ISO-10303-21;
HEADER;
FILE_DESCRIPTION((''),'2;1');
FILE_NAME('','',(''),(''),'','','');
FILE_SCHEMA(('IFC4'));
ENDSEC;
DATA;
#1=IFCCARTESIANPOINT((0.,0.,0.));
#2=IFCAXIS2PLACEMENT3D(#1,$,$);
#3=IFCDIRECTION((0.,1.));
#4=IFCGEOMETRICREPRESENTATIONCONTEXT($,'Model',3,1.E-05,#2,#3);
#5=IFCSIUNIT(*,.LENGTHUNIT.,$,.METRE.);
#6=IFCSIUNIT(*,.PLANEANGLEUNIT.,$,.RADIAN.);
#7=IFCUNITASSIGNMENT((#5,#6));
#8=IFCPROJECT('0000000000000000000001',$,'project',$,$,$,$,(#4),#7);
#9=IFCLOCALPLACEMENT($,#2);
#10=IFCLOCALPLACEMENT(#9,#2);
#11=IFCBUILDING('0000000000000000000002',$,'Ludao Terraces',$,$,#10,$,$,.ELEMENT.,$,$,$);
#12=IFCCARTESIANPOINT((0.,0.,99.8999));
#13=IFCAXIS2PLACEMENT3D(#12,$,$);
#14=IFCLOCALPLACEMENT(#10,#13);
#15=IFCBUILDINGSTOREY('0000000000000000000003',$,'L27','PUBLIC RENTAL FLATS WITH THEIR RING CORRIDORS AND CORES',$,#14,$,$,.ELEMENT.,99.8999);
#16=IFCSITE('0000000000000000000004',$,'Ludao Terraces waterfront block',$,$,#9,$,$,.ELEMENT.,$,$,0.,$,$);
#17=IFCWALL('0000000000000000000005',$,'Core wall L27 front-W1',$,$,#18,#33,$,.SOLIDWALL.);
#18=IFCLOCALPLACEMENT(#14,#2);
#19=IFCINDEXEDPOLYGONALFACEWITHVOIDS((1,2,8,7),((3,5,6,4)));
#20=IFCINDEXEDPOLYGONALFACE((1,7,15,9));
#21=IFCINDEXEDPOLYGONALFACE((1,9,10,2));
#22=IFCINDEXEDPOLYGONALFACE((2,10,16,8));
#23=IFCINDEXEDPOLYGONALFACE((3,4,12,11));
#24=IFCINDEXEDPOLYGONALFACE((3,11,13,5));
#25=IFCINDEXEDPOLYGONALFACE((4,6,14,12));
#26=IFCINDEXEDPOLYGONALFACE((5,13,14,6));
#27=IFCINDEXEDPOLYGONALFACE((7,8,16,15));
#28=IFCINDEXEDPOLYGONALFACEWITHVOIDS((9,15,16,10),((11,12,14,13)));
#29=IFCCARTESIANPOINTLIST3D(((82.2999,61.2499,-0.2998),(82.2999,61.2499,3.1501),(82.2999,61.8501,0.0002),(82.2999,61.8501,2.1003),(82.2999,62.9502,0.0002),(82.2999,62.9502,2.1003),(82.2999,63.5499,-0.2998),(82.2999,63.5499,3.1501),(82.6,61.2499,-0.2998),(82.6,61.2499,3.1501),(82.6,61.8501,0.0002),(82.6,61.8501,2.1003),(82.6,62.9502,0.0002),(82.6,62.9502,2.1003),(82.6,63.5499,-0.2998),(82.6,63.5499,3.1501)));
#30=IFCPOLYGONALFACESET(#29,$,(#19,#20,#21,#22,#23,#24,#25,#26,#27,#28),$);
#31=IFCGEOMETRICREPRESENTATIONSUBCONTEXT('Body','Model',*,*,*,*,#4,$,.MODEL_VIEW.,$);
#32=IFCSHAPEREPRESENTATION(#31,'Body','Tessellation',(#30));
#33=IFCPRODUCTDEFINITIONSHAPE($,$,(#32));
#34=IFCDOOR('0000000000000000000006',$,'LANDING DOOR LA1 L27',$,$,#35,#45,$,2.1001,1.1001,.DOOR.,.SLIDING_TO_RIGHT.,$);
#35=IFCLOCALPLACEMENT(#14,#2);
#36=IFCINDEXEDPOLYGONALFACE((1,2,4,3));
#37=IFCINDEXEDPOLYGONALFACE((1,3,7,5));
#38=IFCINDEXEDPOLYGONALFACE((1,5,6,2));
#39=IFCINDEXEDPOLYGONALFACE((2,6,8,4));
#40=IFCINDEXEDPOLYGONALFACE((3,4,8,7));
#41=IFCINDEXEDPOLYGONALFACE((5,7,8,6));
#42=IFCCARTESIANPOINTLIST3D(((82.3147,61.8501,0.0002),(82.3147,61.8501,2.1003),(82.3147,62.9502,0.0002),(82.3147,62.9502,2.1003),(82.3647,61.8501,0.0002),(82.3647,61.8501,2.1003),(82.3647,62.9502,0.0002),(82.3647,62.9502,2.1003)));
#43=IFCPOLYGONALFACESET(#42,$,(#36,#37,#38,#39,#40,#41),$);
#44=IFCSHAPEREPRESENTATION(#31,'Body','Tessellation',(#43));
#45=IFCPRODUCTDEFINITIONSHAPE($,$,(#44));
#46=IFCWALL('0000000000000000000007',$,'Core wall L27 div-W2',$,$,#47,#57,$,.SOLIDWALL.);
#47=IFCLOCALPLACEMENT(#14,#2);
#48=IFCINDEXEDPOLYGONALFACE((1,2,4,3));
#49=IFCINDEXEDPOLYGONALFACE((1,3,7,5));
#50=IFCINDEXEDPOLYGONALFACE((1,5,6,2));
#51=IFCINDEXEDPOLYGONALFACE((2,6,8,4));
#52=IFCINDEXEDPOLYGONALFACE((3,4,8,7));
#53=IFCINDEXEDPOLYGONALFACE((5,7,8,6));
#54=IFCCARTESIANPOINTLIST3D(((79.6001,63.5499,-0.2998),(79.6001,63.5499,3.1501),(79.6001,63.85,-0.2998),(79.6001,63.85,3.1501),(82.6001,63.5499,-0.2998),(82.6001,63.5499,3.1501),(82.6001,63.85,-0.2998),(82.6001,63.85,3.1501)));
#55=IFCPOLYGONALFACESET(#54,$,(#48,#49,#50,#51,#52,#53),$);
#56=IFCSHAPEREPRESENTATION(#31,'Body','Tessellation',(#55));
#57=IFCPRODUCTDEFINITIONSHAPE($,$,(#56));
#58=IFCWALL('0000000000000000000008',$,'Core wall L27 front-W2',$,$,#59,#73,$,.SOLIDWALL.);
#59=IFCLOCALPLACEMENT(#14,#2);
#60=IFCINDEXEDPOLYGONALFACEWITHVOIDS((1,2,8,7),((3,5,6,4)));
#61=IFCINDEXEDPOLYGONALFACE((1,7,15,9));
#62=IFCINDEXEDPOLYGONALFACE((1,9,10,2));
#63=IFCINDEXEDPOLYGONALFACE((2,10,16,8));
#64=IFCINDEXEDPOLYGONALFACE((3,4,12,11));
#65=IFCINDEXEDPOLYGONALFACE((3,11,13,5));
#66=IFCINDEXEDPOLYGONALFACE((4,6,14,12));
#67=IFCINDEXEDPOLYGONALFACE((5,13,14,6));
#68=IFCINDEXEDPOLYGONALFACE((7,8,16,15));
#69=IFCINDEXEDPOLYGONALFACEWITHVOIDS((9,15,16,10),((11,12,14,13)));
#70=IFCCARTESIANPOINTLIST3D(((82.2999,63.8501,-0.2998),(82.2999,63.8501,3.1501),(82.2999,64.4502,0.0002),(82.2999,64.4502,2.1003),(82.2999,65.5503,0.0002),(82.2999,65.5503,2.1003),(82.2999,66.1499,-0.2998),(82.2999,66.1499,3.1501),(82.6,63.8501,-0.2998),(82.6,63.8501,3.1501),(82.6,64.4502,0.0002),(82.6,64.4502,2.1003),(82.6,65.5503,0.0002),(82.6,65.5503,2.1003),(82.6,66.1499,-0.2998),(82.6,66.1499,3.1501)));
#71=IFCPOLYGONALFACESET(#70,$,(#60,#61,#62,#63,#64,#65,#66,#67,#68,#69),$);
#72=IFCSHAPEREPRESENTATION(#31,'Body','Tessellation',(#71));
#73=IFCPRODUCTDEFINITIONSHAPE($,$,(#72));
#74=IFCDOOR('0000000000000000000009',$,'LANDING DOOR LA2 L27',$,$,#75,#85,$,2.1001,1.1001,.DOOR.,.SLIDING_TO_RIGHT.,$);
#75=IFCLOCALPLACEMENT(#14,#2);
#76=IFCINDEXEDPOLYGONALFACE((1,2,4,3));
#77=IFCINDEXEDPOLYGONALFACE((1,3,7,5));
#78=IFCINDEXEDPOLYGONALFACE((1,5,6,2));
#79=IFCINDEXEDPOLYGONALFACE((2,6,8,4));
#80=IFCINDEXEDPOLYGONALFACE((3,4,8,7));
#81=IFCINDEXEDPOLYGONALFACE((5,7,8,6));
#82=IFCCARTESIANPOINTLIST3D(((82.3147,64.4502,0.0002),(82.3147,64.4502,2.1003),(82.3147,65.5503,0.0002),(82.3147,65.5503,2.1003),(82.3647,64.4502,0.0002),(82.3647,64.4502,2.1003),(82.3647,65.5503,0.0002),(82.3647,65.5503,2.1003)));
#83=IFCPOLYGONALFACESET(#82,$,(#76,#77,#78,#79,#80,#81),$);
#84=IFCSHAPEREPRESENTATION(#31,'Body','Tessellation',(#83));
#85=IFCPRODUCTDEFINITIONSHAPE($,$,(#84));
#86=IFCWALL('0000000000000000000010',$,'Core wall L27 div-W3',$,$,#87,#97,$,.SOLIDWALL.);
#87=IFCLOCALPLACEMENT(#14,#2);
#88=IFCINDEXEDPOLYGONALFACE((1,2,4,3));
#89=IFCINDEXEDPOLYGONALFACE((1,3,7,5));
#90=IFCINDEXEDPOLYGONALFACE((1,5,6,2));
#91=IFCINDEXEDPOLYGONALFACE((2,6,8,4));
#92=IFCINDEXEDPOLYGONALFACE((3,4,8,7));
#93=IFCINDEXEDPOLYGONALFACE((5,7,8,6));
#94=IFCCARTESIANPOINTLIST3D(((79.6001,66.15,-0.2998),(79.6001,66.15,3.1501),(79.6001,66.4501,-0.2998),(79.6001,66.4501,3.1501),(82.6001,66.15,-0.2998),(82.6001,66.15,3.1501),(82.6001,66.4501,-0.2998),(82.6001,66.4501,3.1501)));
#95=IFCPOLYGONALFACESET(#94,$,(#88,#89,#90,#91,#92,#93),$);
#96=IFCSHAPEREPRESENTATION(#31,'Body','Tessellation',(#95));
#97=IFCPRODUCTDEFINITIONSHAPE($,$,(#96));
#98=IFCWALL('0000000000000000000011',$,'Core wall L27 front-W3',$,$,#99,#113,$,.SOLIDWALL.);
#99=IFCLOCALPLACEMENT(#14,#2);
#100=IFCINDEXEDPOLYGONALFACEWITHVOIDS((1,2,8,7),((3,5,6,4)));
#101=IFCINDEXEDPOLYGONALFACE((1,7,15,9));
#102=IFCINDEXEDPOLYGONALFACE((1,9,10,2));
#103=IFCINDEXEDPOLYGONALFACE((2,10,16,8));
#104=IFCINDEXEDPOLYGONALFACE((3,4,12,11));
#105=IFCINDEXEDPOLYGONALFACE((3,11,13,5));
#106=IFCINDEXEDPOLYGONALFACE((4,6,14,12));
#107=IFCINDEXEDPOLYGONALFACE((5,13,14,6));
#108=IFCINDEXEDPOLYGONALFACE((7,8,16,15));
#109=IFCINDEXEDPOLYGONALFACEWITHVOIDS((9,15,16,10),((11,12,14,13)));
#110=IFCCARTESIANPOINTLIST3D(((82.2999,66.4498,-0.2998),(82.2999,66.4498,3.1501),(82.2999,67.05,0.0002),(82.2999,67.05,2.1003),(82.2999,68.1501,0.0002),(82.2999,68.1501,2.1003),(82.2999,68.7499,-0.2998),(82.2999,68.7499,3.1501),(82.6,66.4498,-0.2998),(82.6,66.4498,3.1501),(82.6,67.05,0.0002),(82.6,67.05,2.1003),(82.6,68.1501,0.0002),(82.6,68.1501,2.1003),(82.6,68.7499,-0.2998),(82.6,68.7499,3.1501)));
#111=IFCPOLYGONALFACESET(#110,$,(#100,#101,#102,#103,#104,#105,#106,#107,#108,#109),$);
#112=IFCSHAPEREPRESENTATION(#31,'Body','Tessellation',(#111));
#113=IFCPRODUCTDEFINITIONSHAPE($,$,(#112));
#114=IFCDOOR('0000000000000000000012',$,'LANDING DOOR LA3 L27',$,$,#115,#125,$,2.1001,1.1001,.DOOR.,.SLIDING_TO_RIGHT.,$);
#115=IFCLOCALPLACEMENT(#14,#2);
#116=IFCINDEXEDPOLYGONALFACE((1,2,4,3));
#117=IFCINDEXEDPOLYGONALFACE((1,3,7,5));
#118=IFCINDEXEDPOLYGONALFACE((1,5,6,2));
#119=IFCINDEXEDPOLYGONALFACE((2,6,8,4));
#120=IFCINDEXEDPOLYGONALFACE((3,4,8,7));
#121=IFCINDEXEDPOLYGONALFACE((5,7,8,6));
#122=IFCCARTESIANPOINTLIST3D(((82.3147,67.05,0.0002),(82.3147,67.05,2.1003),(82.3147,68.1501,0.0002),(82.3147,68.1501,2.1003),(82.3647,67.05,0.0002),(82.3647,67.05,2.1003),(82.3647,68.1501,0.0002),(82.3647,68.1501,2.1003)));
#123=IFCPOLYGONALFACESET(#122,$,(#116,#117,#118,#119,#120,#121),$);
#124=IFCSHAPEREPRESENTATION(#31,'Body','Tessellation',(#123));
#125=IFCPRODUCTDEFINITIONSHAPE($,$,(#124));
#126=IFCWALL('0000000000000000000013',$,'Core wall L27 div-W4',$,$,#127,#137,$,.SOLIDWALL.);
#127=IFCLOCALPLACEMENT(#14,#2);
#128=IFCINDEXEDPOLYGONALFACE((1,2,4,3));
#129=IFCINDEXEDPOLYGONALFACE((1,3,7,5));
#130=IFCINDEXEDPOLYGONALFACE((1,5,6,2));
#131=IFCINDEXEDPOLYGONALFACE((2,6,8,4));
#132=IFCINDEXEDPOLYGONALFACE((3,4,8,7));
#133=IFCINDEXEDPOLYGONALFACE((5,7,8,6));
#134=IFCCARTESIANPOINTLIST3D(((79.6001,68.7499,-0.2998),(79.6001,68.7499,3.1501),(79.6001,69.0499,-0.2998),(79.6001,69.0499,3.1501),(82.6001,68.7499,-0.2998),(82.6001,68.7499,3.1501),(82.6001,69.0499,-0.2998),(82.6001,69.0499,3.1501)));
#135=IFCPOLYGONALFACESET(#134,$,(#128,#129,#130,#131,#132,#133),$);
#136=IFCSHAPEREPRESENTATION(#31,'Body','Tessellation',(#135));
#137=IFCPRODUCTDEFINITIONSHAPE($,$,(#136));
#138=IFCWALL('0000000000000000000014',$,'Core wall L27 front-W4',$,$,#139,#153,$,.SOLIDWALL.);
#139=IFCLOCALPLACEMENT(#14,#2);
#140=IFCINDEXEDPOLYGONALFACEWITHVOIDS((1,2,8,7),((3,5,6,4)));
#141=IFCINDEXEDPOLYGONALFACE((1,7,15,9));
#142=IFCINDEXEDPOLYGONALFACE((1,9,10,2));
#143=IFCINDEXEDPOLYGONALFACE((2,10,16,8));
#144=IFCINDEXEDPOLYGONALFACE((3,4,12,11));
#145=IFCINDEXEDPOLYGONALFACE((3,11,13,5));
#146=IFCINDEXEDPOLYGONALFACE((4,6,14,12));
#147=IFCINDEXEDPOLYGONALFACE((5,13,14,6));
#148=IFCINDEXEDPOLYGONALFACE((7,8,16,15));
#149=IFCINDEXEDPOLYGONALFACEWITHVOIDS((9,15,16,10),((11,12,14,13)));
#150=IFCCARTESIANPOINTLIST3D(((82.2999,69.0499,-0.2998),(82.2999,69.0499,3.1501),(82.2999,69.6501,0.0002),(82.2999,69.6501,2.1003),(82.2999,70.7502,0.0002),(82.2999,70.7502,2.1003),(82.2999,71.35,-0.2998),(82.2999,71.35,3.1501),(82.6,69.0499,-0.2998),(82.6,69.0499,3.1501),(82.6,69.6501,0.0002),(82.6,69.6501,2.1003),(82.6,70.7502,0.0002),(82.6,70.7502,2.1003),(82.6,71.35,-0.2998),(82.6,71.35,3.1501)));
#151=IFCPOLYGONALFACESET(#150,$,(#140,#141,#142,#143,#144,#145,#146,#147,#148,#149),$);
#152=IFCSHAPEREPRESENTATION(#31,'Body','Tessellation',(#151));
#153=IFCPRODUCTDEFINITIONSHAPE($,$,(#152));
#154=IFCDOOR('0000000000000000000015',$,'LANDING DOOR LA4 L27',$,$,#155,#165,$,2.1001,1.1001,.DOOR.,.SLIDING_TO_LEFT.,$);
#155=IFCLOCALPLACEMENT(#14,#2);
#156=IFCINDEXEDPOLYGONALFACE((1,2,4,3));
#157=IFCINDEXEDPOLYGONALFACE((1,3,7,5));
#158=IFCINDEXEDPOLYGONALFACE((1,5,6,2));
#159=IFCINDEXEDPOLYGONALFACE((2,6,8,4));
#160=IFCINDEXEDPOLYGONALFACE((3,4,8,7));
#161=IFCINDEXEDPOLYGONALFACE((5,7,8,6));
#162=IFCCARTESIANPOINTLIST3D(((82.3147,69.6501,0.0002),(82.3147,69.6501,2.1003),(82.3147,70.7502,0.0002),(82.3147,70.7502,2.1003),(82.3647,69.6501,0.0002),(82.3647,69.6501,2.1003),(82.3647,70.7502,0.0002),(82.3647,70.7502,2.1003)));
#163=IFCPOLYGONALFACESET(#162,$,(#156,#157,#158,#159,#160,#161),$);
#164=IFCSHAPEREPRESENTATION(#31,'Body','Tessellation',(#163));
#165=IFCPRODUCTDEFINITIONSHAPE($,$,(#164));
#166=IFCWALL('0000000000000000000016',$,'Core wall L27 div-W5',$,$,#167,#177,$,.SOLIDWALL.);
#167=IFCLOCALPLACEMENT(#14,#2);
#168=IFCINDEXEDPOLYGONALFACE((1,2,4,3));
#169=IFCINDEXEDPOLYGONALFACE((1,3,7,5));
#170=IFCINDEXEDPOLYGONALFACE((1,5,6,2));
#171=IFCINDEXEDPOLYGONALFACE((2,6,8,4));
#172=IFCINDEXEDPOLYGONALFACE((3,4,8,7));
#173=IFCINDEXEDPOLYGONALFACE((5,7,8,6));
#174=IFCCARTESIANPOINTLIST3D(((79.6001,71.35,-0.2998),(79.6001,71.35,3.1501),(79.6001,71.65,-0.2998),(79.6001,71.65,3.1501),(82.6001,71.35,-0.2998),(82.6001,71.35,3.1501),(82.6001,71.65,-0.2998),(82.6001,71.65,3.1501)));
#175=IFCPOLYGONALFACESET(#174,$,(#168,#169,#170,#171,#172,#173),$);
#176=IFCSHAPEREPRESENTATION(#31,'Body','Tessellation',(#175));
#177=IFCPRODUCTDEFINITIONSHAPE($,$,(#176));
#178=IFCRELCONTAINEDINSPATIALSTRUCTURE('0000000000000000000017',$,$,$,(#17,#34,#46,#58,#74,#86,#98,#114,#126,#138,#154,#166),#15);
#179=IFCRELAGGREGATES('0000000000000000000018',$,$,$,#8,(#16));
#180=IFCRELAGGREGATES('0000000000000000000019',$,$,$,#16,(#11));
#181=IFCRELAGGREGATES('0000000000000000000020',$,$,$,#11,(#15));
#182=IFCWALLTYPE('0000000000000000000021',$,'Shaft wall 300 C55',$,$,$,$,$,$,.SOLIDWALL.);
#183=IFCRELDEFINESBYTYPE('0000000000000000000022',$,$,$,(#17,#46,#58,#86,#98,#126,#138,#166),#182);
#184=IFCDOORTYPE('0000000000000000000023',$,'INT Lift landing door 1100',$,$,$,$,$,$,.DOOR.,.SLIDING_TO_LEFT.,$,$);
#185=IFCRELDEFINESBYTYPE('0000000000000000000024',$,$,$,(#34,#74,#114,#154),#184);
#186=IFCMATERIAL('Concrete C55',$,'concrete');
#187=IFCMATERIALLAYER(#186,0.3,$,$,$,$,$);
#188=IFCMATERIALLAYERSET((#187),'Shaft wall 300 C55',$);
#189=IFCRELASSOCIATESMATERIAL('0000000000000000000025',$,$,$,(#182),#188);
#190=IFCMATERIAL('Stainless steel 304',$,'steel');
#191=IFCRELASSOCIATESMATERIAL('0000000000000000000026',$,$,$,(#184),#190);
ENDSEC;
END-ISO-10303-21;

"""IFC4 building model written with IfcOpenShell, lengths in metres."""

from ifc_helpers import new_model, si_unit, direction, frame, frame_2d, origin, place, context, subcontext, project, spatial, rectangle, extrude, material, layer, layer_set, type_object, element, fill, save


model = new_model("IFC4")

# Units and contexts
model_context = context("Model", 3, precision=1e-05, world=origin(), true_north=direction((0.0, 1.0)))
body_context = subcontext(model_context, "Body", "Model", "MODEL_VIEW")
ifc_project = project(units=[si_unit("LENGTHUNIT", "METRE"), si_unit("PLANEANGLEUNIT", "RADIAN")], contexts=[model_context])

# Site, building, storey
site_placement = place(None, origin())
site = spatial("IfcSite", under=ifc_project, at=site_placement, Name="Ludao Terraces waterfront block", CompositionType="ELEMENT", RefElevation=0.0)
building_placement = place(site_placement, origin())
building = spatial("IfcBuilding", under=site, at=building_placement, Name="Ludao Terraces", CompositionType="ELEMENT")
storey_placement = place(building_placement, frame((0.0, 0.0, 99.8999)))
storey = spatial("IfcBuildingStorey", under=building, at=storey_placement, Name="L27", Description="PUBLIC RENTAL FLATS WITH THEIR RING CORRIDORS AND CORES", CompositionType="ELEMENT", Elevation=99.8999)

# Wall, opening, door
ifc_material_1 = material(Name="Concrete C55", Category="concrete")
ifc_layer_1 = layer(ifc_material_1, 0.3)
ifc_layer_set_1 = layer_set([ifc_layer_1], Name="Shaft wall 300 C55")
wall_type_1 = type_object("IfcWallType", Name="Shaft wall 300 C55", PredefinedType="SOLIDWALL", material=ifc_layer_set_1)
wall_1_placement = place(storey_placement, frame((82.45, 61.25, -0.2998), z_axis=(0.0, 0.0, 1.0), x_axis=(0.0, 1.0, 0.0)))
wall_1 = element("IfcWall", 1, at=wall_1_placement, inside=storey, type_object=wall_type_1, Name="Core wall L27 front-W1", PredefinedType="SOLIDWALL", context=body_context, shape_type="SweptSolid", body=[
    extrude(rectangle(XDim=2.3, YDim=0.3, at=frame_2d((1.1499, 0.0))), origin(), (0.0, 0.0, 1.0), 3.45),
])
opening_1_placement = place(wall_1_placement, frame((0.6001, 0.0, 0.3)))
opening_1 = element("IfcOpeningElement", 2, at=opening_1_placement, cuts=wall_1, PredefinedType="OPENING", context=body_context, shape_type="SweptSolid", body=[
    extrude(rectangle(XDim=1.1001, YDim=2.1001, at=frame_2d((0.55, 1.05))), frame((0.0, 0.1602, 0.0), z_axis=(0.0, -1.0, 0.0), x_axis=(1.0, 0.0, 0.0)), (0.0, 0.0, 1.0), 0.3201),
])
ifc_material_2 = material(Name="Stainless steel 304", Category="steel")
door_type_1 = type_object("IfcDoorType", Name="INT Lift landing door 1100", OperationType="SLIDING_TO_LEFT", PredefinedType="DOOR", material=ifc_material_2)
door_1_placement = place(opening_1_placement, origin())
door_1 = element("IfcDoor", 3, at=door_1_placement, inside=storey, type_object=door_type_1, Name="LANDING DOOR LA1 L27", OperationType="SLIDING_TO_RIGHT", OverallHeight=2.1001, OverallWidth=1.1001, PredefinedType="DOOR", context=body_context, shape_type="SweptSolid", body=[
    extrude(rectangle(XDim=1.1001, YDim=2.1001, at=frame_2d((0.55, 1.05))), frame((0.0, 0.1353, 0.0), z_axis=(0.0, -1.0, 0.0), x_axis=(1.0, 0.0, 0.0)), (0.0, 0.0, 1.0), 0.05),
])
fill(opening_1, door_1)

# Wall
wall_2_placement = place(storey_placement, frame((79.6001, 63.7, -0.2998), z_axis=(0.0, 0.0, 1.0), x_axis=(1.0, 0.0, 0.0)))
element("IfcWall", 4, at=wall_2_placement, inside=storey, type_object=wall_type_1, Name="Core wall L27 div-W2", PredefinedType="SOLIDWALL", context=body_context, shape_type="SweptSolid", body=[
    extrude(rectangle(XDim=3.0, YDim=0.3, at=frame_2d((1.5, 0.0))), origin(), (0.0, 0.0, 1.0), 3.45),
])

# Wall, opening, door
wall_3_placement = place(storey_placement, frame((82.45, 63.8501, -0.2998), z_axis=(0.0, 0.0, 1.0), x_axis=(0.0, 1.0, 0.0)))
wall_3 = element("IfcWall", 5, at=wall_3_placement, inside=storey, type_object=wall_type_1, Name="Core wall L27 front-W2", PredefinedType="SOLIDWALL", context=body_context, shape_type="SweptSolid", body=[
    extrude(rectangle(XDim=2.2998, YDim=0.3, at=frame_2d((1.1499, 0.0))), origin(), (0.0, 0.0, 1.0), 3.45),
])
opening_2_placement = place(wall_3_placement, frame((0.6001, 0.0, 0.3)))
opening_2 = element("IfcOpeningElement", 6, at=opening_2_placement, cuts=wall_3, PredefinedType="OPENING", context=body_context, shape_type="SweptSolid", body=[
    extrude(rectangle(XDim=1.1001, YDim=2.1001, at=frame_2d((0.55, 1.05))), frame((0.0, 0.1602, 0.0), z_axis=(0.0, -1.0, 0.0), x_axis=(1.0, 0.0, 0.0)), (0.0, 0.0, 1.0), 0.3201),
])
door_2_placement = place(opening_2_placement, origin())
door_2 = element("IfcDoor", 7, at=door_2_placement, inside=storey, type_object=door_type_1, Name="LANDING DOOR LA2 L27", OperationType="SLIDING_TO_RIGHT", OverallHeight=2.1001, OverallWidth=1.1001, PredefinedType="DOOR", context=body_context, shape_type="SweptSolid", body=[
    extrude(rectangle(XDim=1.1001, YDim=2.1001, at=frame_2d((0.55, 1.05))), frame((0.0, 0.1353, 0.0), z_axis=(0.0, -1.0, 0.0), x_axis=(1.0, 0.0, 0.0)), (0.0, 0.0, 1.0), 0.05),
])
fill(opening_2, door_2)

# Wall
wall_4_placement = place(storey_placement, frame((79.6001, 66.3, -0.2998), z_axis=(0.0, 0.0, 1.0), x_axis=(1.0, 0.0, 0.0)))
element("IfcWall", 8, at=wall_4_placement, inside=storey, type_object=wall_type_1, Name="Core wall L27 div-W3", PredefinedType="SOLIDWALL", context=body_context, shape_type="SweptSolid", body=[
    extrude(rectangle(XDim=3.0, YDim=0.3, at=frame_2d((1.5, 0.0))), origin(), (0.0, 0.0, 1.0), 3.45),
])

# Wall, opening, door
wall_5_placement = place(storey_placement, frame((82.45, 66.45, -0.2998), z_axis=(0.0, 0.0, 1.0), x_axis=(0.0, 1.0, 0.0)))
wall_5 = element("IfcWall", 9, at=wall_5_placement, inside=storey, type_object=wall_type_1, Name="Core wall L27 front-W3", PredefinedType="SOLIDWALL", context=body_context, shape_type="SweptSolid", body=[
    extrude(rectangle(XDim=2.3, YDim=0.3, at=frame_2d((1.1499, 0.0))), origin(), (0.0, 0.0, 1.0), 3.45),
])
opening_3_placement = place(wall_5_placement, frame((0.6001, 0.0, 0.3)))
opening_3 = element("IfcOpeningElement", 10, at=opening_3_placement, cuts=wall_5, PredefinedType="OPENING", context=body_context, shape_type="SweptSolid", body=[
    extrude(rectangle(XDim=1.1001, YDim=2.1001, at=frame_2d((0.55, 1.05))), frame((0.0, 0.1602, 0.0), z_axis=(0.0, -1.0, 0.0), x_axis=(1.0, 0.0, 0.0)), (0.0, 0.0, 1.0), 0.3201),
])
door_3_placement = place(opening_3_placement, origin())
door_3 = element("IfcDoor", 11, at=door_3_placement, inside=storey, type_object=door_type_1, Name="LANDING DOOR LA3 L27", OperationType="SLIDING_TO_RIGHT", OverallHeight=2.1001, OverallWidth=1.1001, PredefinedType="DOOR", context=body_context, shape_type="SweptSolid", body=[
    extrude(rectangle(XDim=1.1001, YDim=2.1001, at=frame_2d((0.55, 1.05))), frame((0.0, 0.1353, 0.0), z_axis=(0.0, -1.0, 0.0), x_axis=(1.0, 0.0, 0.0)), (0.0, 0.0, 1.0), 0.05),
])
fill(opening_3, door_3)

# Wall
wall_6_placement = place(storey_placement, frame((79.6001, 68.8999, -0.2998), z_axis=(0.0, 0.0, 1.0), x_axis=(1.0, 0.0, 0.0)))
element("IfcWall", 12, at=wall_6_placement, inside=storey, type_object=wall_type_1, Name="Core wall L27 div-W4", PredefinedType="SOLIDWALL", context=body_context, shape_type="SweptSolid", body=[
    extrude(rectangle(XDim=3.0, YDim=0.3, at=frame_2d((1.5, 0.0))), origin(), (0.0, 0.0, 1.0), 3.45),
])

# Wall, opening, door
wall_7_placement = place(storey_placement, frame((82.45, 69.05, -0.2998), z_axis=(0.0, 0.0, 1.0), x_axis=(0.0, 1.0, 0.0)))
wall_7 = element("IfcWall", 13, at=wall_7_placement, inside=storey, type_object=wall_type_1, Name="Core wall L27 front-W4", PredefinedType="SOLIDWALL", context=body_context, shape_type="SweptSolid", body=[
    extrude(rectangle(XDim=2.3, YDim=0.3, at=frame_2d((1.1499, 0.0))), origin(), (0.0, 0.0, 1.0), 3.45),
])
opening_4_placement = place(wall_7_placement, frame((0.6001, 0.0, 0.3)))
opening_4 = element("IfcOpeningElement", 14, at=opening_4_placement, cuts=wall_7, PredefinedType="OPENING", context=body_context, shape_type="SweptSolid", body=[
    extrude(rectangle(XDim=1.1001, YDim=2.1001, at=frame_2d((0.55, 1.05))), frame((0.0, 0.1602, 0.0), z_axis=(0.0, -1.0, 0.0), x_axis=(1.0, 0.0, 0.0)), (0.0, 0.0, 1.0), 0.3201),
])
door_4_placement = place(opening_4_placement, origin())
door_4 = element("IfcDoor", 15, at=door_4_placement, inside=storey, type_object=door_type_1, Name="LANDING DOOR LA4 L27", OperationType="SLIDING_TO_LEFT", OverallHeight=2.1001, OverallWidth=1.1001, PredefinedType="DOOR", context=body_context, shape_type="SweptSolid", body=[
    extrude(rectangle(XDim=1.1001, YDim=2.1001, at=frame_2d((0.55, 1.05))), frame((0.0, 0.1353, 0.0), z_axis=(0.0, -1.0, 0.0), x_axis=(1.0, 0.0, 0.0)), (0.0, 0.0, 1.0), 0.05),
])
fill(opening_4, door_4)

# Wall
wall_8_placement = place(storey_placement, frame((79.6001, 71.5, -0.2998), z_axis=(0.0, 0.0, 1.0), x_axis=(1.0, 0.0, 0.0)))
element("IfcWall", 16, at=wall_8_placement, inside=storey, type_object=wall_type_1, Name="Core wall L27 div-W5", PredefinedType="SOLIDWALL", context=body_context, shape_type="SweptSolid", body=[
    extrude(rectangle(XDim=3.0, YDim=0.3, at=frame_2d((1.5, 0.0))), origin(), (0.0, 0.0, 1.0), 3.45),
])

save(model, "model.ifc")
